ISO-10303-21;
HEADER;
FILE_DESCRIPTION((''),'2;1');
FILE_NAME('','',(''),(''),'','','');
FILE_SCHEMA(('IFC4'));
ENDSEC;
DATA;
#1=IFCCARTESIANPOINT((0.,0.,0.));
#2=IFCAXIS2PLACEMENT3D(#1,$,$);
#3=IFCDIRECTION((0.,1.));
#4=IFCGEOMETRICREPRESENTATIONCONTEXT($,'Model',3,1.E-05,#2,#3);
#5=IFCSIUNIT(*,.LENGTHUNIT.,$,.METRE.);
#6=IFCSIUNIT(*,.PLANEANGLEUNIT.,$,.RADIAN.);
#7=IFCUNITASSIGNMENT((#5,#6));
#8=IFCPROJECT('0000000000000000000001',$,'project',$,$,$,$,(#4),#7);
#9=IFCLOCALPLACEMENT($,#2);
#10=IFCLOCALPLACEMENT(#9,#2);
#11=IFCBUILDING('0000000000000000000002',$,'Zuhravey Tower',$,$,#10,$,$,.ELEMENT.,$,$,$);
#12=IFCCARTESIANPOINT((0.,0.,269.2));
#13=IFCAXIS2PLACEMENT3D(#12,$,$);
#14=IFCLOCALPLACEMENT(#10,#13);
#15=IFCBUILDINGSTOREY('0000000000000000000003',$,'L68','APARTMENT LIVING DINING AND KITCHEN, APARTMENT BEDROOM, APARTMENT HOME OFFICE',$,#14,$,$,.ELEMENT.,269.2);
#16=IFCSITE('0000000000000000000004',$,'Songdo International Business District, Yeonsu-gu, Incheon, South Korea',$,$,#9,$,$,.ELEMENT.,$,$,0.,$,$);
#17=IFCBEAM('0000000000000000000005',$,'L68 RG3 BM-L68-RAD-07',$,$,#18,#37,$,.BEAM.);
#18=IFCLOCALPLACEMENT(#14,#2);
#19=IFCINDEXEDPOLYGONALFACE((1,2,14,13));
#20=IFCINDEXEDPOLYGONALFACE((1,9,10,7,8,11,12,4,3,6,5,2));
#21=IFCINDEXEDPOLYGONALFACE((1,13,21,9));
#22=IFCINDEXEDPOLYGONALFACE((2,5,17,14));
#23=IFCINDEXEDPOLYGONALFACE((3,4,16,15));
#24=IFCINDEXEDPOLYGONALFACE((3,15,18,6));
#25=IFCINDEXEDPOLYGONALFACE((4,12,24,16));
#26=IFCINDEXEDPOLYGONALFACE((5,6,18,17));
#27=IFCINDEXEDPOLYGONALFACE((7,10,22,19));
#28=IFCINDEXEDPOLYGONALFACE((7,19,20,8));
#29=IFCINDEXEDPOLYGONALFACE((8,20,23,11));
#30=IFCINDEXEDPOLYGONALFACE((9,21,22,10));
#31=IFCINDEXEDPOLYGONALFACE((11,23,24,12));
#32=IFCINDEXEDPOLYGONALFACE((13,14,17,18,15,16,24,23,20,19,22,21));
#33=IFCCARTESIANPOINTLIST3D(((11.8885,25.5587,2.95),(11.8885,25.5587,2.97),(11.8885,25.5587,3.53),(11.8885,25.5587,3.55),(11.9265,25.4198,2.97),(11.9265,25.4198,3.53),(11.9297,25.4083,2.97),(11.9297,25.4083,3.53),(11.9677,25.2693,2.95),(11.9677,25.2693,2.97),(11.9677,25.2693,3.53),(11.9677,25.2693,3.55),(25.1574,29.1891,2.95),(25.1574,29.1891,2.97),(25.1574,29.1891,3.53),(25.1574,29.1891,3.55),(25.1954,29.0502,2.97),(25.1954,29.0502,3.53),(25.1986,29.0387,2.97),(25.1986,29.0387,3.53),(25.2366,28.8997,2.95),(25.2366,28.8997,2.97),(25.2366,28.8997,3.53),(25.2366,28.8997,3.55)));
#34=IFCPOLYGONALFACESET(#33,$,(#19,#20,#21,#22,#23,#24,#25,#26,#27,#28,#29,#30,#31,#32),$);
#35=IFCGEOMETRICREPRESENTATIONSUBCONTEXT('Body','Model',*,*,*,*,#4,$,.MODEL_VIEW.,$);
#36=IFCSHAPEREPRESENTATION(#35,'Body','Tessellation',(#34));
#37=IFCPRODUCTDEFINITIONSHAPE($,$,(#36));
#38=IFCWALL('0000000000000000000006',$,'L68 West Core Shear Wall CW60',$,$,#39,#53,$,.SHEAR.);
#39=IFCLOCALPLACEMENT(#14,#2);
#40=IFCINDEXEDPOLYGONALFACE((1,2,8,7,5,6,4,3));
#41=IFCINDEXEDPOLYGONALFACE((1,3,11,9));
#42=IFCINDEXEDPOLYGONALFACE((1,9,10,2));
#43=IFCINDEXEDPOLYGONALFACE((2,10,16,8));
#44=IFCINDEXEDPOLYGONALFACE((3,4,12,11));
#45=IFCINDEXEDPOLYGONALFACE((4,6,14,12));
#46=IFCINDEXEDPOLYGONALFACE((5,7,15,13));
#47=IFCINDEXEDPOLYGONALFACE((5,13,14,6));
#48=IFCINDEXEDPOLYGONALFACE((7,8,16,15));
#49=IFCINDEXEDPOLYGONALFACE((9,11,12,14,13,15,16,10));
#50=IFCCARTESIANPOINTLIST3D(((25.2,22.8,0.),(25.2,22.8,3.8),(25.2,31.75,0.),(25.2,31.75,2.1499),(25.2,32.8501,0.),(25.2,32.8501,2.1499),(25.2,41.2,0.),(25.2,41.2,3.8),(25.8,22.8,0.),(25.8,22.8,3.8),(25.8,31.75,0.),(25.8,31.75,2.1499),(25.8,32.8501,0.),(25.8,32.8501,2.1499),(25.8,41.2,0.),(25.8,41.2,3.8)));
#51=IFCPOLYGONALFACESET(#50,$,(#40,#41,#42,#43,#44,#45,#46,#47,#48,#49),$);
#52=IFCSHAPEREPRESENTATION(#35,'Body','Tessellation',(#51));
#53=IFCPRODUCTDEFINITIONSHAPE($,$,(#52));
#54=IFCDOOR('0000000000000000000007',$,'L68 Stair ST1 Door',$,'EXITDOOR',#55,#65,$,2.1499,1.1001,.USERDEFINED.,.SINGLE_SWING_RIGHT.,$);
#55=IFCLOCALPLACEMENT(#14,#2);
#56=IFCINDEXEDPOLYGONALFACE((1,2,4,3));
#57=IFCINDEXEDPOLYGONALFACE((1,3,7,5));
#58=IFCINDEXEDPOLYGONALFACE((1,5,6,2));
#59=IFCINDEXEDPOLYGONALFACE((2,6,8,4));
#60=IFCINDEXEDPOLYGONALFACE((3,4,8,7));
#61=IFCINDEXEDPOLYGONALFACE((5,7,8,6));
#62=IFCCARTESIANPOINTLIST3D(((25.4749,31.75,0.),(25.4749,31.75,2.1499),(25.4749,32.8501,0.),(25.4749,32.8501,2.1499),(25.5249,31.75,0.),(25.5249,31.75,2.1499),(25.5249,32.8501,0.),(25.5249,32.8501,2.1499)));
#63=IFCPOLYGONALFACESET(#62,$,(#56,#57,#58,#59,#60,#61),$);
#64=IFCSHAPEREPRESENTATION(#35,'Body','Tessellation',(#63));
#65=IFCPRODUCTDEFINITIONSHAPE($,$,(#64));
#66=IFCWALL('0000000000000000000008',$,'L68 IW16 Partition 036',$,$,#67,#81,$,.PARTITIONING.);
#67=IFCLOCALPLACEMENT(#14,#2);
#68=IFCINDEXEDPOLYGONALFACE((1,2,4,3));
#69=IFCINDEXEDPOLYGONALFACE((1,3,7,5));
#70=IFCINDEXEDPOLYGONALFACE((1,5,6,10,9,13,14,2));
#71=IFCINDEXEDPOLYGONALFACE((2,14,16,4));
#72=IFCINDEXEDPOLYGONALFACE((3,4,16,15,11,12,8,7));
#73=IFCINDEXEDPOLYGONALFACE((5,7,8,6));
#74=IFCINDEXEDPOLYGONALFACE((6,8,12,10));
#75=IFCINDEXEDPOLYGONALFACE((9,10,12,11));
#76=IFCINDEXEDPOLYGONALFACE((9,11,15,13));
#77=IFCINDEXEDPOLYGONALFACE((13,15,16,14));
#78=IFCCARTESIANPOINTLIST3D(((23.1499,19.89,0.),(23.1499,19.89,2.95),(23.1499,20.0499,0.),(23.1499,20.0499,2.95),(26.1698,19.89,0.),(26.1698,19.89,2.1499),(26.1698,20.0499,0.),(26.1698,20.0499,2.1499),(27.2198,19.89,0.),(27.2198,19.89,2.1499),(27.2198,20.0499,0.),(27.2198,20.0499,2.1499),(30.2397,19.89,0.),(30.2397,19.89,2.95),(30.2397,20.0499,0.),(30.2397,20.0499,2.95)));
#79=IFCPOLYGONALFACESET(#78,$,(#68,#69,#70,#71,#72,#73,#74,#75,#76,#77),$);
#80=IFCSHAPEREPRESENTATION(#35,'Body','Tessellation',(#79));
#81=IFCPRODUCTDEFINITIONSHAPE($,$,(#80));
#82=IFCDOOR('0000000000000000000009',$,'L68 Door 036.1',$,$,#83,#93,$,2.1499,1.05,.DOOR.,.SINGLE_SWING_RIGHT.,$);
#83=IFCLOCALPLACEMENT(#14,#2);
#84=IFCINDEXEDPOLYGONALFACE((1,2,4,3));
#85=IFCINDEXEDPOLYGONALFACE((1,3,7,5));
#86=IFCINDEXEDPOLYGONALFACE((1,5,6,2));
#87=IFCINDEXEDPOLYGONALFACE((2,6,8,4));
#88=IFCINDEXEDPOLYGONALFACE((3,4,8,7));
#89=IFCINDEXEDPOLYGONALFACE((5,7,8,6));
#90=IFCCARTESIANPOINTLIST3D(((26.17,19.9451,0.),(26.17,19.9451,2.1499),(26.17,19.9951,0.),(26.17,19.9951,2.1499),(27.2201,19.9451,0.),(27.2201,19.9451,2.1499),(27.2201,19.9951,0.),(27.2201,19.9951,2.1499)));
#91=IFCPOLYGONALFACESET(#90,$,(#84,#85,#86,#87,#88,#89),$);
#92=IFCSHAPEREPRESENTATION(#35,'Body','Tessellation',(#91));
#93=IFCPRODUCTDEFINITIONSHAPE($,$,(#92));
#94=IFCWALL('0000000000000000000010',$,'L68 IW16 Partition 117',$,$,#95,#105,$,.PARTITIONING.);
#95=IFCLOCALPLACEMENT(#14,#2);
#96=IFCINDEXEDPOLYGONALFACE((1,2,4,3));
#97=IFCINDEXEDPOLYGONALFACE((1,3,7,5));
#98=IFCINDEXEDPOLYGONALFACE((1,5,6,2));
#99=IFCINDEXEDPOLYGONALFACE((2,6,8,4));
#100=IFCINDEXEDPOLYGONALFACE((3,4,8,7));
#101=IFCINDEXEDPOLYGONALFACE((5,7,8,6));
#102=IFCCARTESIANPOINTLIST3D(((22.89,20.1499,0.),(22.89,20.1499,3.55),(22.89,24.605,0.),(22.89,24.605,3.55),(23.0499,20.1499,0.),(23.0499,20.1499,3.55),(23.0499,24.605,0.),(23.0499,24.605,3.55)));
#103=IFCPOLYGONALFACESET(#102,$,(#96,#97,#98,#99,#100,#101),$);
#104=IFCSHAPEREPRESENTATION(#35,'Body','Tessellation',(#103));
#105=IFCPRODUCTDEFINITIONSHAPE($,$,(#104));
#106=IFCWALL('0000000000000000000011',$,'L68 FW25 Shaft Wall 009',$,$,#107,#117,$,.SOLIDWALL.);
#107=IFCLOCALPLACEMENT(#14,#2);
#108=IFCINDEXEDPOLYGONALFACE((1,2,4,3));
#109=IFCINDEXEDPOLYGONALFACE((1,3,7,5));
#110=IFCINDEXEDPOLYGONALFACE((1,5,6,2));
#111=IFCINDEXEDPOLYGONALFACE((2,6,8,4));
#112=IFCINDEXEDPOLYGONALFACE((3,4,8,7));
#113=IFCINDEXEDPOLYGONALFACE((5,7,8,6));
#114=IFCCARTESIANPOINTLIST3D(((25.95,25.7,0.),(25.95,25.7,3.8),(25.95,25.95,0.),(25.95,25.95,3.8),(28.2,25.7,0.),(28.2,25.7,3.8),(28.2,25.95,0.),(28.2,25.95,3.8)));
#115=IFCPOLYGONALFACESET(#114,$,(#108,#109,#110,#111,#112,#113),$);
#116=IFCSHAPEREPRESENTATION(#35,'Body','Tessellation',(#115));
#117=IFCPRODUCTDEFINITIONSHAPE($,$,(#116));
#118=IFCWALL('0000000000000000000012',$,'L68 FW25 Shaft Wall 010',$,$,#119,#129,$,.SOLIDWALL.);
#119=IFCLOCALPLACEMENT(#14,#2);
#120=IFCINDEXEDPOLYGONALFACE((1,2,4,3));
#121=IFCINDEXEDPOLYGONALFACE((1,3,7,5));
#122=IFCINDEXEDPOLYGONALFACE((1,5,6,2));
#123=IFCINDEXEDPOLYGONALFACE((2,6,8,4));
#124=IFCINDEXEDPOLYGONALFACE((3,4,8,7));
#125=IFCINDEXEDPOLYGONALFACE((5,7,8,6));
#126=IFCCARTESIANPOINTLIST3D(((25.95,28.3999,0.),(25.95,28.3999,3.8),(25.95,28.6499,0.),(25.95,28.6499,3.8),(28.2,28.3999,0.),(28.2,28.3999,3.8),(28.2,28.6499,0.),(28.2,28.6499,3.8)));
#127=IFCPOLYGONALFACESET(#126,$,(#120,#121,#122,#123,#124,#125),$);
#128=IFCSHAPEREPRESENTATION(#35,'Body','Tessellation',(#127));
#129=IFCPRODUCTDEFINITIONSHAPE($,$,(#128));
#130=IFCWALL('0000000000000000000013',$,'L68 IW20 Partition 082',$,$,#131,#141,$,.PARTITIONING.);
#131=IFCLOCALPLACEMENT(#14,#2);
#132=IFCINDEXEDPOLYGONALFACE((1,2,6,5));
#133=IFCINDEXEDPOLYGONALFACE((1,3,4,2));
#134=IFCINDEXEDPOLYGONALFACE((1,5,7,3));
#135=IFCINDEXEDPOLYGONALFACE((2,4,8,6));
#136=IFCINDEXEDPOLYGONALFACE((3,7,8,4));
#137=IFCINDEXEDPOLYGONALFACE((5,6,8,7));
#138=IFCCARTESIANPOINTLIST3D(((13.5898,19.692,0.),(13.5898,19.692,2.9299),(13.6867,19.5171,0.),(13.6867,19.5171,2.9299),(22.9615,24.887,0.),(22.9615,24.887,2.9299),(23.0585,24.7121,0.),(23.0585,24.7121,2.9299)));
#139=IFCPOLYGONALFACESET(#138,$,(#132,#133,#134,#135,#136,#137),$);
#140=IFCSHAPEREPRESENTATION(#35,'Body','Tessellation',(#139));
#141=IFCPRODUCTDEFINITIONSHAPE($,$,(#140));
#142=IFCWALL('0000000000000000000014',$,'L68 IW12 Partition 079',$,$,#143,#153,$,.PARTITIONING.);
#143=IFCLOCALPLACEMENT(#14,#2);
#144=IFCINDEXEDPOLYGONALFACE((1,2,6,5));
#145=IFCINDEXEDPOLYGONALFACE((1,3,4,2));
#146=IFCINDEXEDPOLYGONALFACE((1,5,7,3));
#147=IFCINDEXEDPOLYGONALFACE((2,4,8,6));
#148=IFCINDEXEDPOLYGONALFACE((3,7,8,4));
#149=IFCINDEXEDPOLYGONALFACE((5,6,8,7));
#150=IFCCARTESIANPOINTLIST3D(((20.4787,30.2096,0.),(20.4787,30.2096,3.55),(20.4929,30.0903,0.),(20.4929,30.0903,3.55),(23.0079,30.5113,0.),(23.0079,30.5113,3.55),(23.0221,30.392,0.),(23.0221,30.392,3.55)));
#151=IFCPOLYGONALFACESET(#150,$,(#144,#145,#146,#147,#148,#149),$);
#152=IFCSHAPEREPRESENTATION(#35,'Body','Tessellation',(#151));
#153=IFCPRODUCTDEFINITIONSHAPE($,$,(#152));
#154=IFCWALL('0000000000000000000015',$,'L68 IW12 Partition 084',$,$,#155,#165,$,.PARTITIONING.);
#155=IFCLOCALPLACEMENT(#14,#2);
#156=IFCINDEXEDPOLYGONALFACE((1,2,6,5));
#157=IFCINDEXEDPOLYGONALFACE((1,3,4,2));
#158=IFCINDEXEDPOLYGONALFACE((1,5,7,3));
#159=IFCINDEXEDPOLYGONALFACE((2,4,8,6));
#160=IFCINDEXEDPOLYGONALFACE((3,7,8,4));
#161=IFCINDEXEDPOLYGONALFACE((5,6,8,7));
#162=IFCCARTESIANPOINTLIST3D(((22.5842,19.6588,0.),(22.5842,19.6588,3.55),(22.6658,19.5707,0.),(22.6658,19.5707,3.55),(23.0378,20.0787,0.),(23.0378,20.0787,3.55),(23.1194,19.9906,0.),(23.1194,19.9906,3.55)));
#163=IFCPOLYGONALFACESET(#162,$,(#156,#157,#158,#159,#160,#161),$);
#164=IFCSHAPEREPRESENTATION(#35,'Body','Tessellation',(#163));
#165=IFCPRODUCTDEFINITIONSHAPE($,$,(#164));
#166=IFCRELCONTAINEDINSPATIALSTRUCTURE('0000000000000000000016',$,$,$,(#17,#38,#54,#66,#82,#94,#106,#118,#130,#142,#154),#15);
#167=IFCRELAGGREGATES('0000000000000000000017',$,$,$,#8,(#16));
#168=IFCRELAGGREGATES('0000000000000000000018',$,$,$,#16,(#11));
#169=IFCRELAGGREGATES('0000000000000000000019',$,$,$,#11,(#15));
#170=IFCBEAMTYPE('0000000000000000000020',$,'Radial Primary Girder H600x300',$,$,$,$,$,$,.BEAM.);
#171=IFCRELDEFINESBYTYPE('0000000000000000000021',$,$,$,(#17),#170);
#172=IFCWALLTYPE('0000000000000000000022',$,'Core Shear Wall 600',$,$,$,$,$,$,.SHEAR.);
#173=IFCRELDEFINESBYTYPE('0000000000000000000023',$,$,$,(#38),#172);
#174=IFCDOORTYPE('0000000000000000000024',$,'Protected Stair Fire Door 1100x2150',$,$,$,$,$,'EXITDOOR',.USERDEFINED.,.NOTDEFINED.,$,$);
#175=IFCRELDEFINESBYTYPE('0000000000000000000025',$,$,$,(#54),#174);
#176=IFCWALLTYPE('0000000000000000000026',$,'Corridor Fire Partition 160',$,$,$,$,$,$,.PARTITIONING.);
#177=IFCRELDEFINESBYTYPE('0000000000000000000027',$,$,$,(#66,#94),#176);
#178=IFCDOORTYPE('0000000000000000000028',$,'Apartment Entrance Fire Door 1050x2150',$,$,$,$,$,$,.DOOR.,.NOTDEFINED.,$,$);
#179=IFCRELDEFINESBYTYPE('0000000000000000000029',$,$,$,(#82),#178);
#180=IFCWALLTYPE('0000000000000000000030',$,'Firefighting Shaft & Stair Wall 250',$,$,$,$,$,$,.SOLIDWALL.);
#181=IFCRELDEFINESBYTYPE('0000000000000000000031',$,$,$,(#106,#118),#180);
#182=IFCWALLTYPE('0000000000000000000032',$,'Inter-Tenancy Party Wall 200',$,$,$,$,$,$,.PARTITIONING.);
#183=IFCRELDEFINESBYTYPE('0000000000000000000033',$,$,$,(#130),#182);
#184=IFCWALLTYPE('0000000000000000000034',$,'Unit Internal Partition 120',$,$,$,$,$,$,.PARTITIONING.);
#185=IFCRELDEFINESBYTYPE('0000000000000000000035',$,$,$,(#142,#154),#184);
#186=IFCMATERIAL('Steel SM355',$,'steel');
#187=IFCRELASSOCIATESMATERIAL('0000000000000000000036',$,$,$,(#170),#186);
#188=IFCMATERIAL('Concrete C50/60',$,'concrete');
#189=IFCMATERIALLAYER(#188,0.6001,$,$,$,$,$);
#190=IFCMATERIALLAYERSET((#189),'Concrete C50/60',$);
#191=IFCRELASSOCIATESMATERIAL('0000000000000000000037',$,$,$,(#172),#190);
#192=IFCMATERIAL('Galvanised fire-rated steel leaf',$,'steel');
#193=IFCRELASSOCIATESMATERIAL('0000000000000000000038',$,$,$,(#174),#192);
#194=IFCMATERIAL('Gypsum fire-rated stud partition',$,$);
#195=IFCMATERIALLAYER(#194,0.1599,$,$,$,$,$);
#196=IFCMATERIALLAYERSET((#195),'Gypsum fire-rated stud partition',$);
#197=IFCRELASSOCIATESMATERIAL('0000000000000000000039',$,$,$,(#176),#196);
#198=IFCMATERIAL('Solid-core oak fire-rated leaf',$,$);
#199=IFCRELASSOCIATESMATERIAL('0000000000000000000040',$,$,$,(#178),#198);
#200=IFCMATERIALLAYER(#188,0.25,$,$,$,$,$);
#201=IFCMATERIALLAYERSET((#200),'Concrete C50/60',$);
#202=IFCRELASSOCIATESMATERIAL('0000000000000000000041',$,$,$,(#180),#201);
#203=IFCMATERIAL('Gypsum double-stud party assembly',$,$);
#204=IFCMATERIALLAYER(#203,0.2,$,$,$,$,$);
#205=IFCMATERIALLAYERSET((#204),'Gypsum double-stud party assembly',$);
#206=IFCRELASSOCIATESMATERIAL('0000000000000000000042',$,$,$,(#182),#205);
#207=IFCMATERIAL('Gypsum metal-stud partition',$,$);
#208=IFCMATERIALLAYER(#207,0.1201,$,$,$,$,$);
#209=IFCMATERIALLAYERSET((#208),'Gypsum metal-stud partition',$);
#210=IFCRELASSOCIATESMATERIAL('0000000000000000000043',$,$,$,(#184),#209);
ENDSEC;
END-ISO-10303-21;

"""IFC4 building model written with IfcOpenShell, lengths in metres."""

from ifc_helpers import new_model, si_unit, direction, frame, frame_2d, origin, origin_2d, place, context, subcontext, project, spatial, rectangle, i_section, extrude, material, layer, layer_set, material_profile, profile_set, type_object, element, fill, save


model = new_model("IFC4")

# Units and contexts
model_context = context("Model", 3, precision=1e-05, world=origin(), true_north=direction((0.0, 1.0)))
body_context = subcontext(model_context, "Body", "Model", "MODEL_VIEW")
ifc_project = project(units=[si_unit("LENGTHUNIT", "METRE"), si_unit("PLANEANGLEUNIT", "RADIAN")], contexts=[model_context])

# Site, building, storey
site_placement = place(None, origin())
site = spatial("IfcSite", under=ifc_project, at=site_placement, Name="Songdo International Business District, Yeonsu-gu, Incheon, South Korea", CompositionType="ELEMENT", RefElevation=0.0)
building_placement = place(site_placement, origin())
building = spatial("IfcBuilding", under=site, at=building_placement, Name="Zuhravey Tower", CompositionType="ELEMENT")
storey_placement = place(building_placement, frame((0.0, 0.0, 269.2)))
storey = spatial("IfcBuildingStorey", under=building, at=storey_placement, Name="L68", Description="APARTMENT LIVING DINING AND KITCHEN, APARTMENT BEDROOM, APARTMENT HOME OFFICE", CompositionType="ELEMENT", Elevation=269.2)

# Beam
ifc_material_1 = material(Name="Steel SM355", Category="steel")
ifc_material_profile = material_profile(ifc_material_1, i_section(OverallWidth=0.3, OverallDepth=0.6001, WebThickness=0.012, FlangeThickness=0.02, at=origin_2d()), Name="H-600x300x12x20")
ifc_profile_set = profile_set([ifc_material_profile], Name="Steel SM355")
beam_type = type_object("IfcBeamType", Name="Radial Primary Girder H600x300", PredefinedType="BEAM", material=ifc_profile_set)
beam_placement = place(storey_placement, frame((25.197, 29.0444, 3.25), z_axis=(-0.964549, -0.263903, 0.0), x_axis=(0.263903, -0.964549, 0.0)))
element("IfcBeam", 1, at=beam_placement, inside=storey, type_object=beam_type, Name="L68 RG3 BM-L68-RAD-07", PredefinedType="BEAM", context=body_context, shape_type="SweptSolid", body=[
    extrude(i_section(OverallWidth=0.3, OverallDepth=0.6001, WebThickness=0.012, FlangeThickness=0.02, at=origin_2d()), origin(), (0.0, 0.0, 1.0), 13.7566),
])

# Walls, openings, doors
ifc_material_2 = material(Name="Concrete C50/60", Category="concrete")
ifc_layer_1 = layer(ifc_material_2, 0.6001)
ifc_layer_set_1 = layer_set([ifc_layer_1], Name="Concrete C50/60")
wall_type_1 = type_object("IfcWallType", Name="Core Shear Wall 600", PredefinedType="SHEAR", material=ifc_layer_set_1)
ifc_material_3 = material(Name="Galvanised fire-rated steel leaf", Category="steel")
wall_1_placement = place(storey_placement, frame((25.5, 22.8, 0.0), z_axis=(0.0, 0.0, 1.0), x_axis=(0.0, 1.0, 0.0)))
wall_1 = element("IfcWall", 2, at=wall_1_placement, inside=storey, type_object=wall_type_1, Name="L68 West Core Shear Wall CW60", PredefinedType="SHEAR", context=body_context, shape_type="SweptSolid", body=[
    extrude(rectangle(XDim=18.3999, YDim=0.6001, at=frame_2d((9.2, 0.0))), origin(), (0.0, 0.0, 1.0), 3.8),
])
opening_1_placement = place(wall_1_placement, frame((8.95, 0.0, 0.0)))
opening_1 = element("IfcOpeningElement", 3, at=opening_1_placement, cuts=wall_1, PredefinedType="OPENING", context=body_context, shape_type="SweptSolid", body=[
    extrude(rectangle(XDim=1.1001, YDim=2.1499, at=frame_2d((0.55, 1.075))), frame((0.0, 0.312, 0.0), z_axis=(0.0, -1.0, 0.0), x_axis=(1.0, 0.0, 0.0)), (0.0, 0.0, 1.0), 0.624),
])
door_type_1 = type_object("IfcDoorType", Name="Protected Stair Fire Door 1100x2150", ElementType="EXITDOOR", OperationType="NOTDEFINED", PredefinedType="USERDEFINED", material=ifc_material_3)
door_1_placement = place(opening_1_placement, frame((1.1001, 0.0, 0.0), z_axis=(0.0, 0.0, 1.0), x_axis=(-1.0, 0.0, 0.0)))
door_1 = element("IfcDoor", 4, at=door_1_placement, inside=storey, type_object=door_type_1, Name="L68 Stair ST1 Door", ObjectType="EXITDOOR", OperationType="SINGLE_SWING_RIGHT", OverallHeight=2.1499, OverallWidth=1.1001, PredefinedType="USERDEFINED", context=body_context, shape_type="SweptSolid", body=[
    extrude(rectangle(XDim=1.1001, YDim=2.1499, at=frame_2d((0.55, 1.075))), frame((0.0, 0.0249, 0.0), z_axis=(0.0, -1.0, 0.0), x_axis=(1.0, 0.0, 0.0)), (0.0, 0.0, 1.0), 0.05),
])
fill(opening_1, door_1)
ifc_material_4 = material(Name="Gypsum fire-rated stud partition")
ifc_layer_2 = layer(ifc_material_4, 0.1599)
ifc_layer_set_2 = layer_set([ifc_layer_2], Name="Gypsum fire-rated stud partition")
wall_type_2 = type_object("IfcWallType", Name="Corridor Fire Partition 160", PredefinedType="PARTITIONING", material=ifc_layer_set_2)
ifc_material_5 = material(Name="Solid-core oak fire-rated leaf")
door_type_2 = type_object("IfcDoorType", Name="Apartment Entrance Fire Door 1050x2150", OperationType="NOTDEFINED", PredefinedType="DOOR", material=ifc_material_5)
wall_2_placement = place(storey_placement, frame((23.1499, 19.97, 0.0), z_axis=(0.0, 0.0, 1.0), x_axis=(1.0, 0.0, 0.0)))
wall_2 = element("IfcWall", 5, at=wall_2_placement, inside=storey, type_object=wall_type_2, Name="L68 IW16 Partition 036", PredefinedType="PARTITIONING", context=body_context, shape_type="SweptSolid", body=[
    extrude(rectangle(XDim=7.0898, YDim=0.1599, at=frame_2d((3.5449, 0.0))), origin(), (0.0, 0.0, 1.0), 2.95),
])
opening_2_placement = place(wall_2_placement, frame((3.02, 0.0, 0.0)))
opening_2 = element("IfcOpeningElement", 6, at=opening_2_placement, cuts=wall_2, PredefinedType="OPENING", context=body_context, shape_type="SweptSolid", body=[
    extrude(rectangle(XDim=1.05, YDim=2.1499, at=frame_2d((0.5249, 1.075))), frame((0.0, 0.092, 0.0), z_axis=(0.0, -1.0, 0.0), x_axis=(1.0, 0.0, 0.0)), (0.0, 0.0, 1.0), 0.1838),
])
door_2_placement = place(opening_2_placement, frame((1.05, 0.0, 0.0), z_axis=(0.0, 0.0, 1.0), x_axis=(-1.0, 0.0, 0.0)))
door_2 = element("IfcDoor", 7, at=door_2_placement, inside=storey, type_object=door_type_2, Name="L68 Door 036.1", OperationType="SINGLE_SWING_RIGHT", OverallHeight=2.1499, OverallWidth=1.05, PredefinedType="DOOR", context=body_context, shape_type="SweptSolid", body=[
    extrude(rectangle(XDim=1.05, YDim=2.1499, at=frame_2d((0.5249, 1.075))), frame((0.0, 0.0249, 0.0), z_axis=(0.0, -1.0, 0.0), x_axis=(1.0, 0.0, 0.0)), (0.0, 0.0, 1.0), 0.05),
])
fill(opening_2, door_2)

# Wall
wall_3_placement = place(storey_placement, frame((22.97, 24.605, 0.0), z_axis=(0.0, 0.0, 1.0), x_axis=(0.0, -1.0, 0.0)))
element("IfcWall", 8, at=wall_3_placement, inside=storey, type_object=wall_type_2, Name="L68 IW16 Partition 117", PredefinedType="PARTITIONING", context=body_context, shape_type="SweptSolid", body=[
    extrude(rectangle(XDim=4.4551, YDim=0.1599, at=frame_2d((2.2275, 0.0))), origin(), (0.0, 0.0, 1.0), 3.55),
])

# Shared definitions
ifc_layer_3 = layer(ifc_material_2, 0.25)
ifc_layer_set_3 = layer_set([ifc_layer_3], Name="Concrete C50/60")
wall_type_3 = type_object("IfcWallType", Name="Firefighting Shaft & Stair Wall 250", PredefinedType="SOLIDWALL", material=ifc_layer_set_3)

# Walls
for number, where, z_axis, x_axis, name in (
    (9, (25.95, 25.825, 0.0), (0.0, 0.0, 1.0), (1.0, 0.0, 0.0), "L68 FW25 Shaft Wall 009"),
    (10, (25.95, 28.5249, 0.0), (0.0, 0.0, 1.0), (1.0, 0.0, 0.0), "L68 FW25 Shaft Wall 010"),
):
    element("IfcWall", number, at=place(storey_placement, frame(where, z_axis=z_axis, x_axis=x_axis)), inside=storey, type_object=wall_type_3, Name=name, PredefinedType="SOLIDWALL", context=body_context, shape_type="SweptSolid", body=[
        extrude(rectangle(XDim=2.25, YDim=0.25, at=frame_2d((1.125, 0.0))), origin(), (0.0, 0.0, 1.0), 3.8),
    ])
ifc_material_6 = material(Name="Gypsum double-stud party assembly")
ifc_layer_4 = layer(ifc_material_6, 0.2)
ifc_layer_set_4 = layer_set([ifc_layer_4], Name="Gypsum double-stud party assembly")
wall_type_4 = type_object("IfcWallType", Name="Inter-Tenancy Party Wall 200", PredefinedType="PARTITIONING", material=ifc_layer_set_4)
wall_4_placement = place(storey_placement, frame((23.01, 24.7996, 0.0), z_axis=(0.0, 0.0, 1.0), x_axis=(-0.874613, -0.484822, 0.0)))
element("IfcWall", 11, at=wall_4_placement, inside=storey, type_object=wall_type_4, Name="L68 IW20 Partition 082", PredefinedType="PARTITIONING", context=body_context, shape_type="SweptSolid", body=[
    extrude(rectangle(XDim=10.7153, YDim=0.2, at=frame_2d((5.3577, 0.0))), origin(), (0.0, 0.0, 1.0), 2.9299),
])
ifc_material_7 = material(Name="Gypsum metal-stud partition")
ifc_layer_5 = layer(ifc_material_7, 0.1201)
ifc_layer_set_5 = layer_set([ifc_layer_5], Name="Gypsum metal-stud partition")
wall_type_5 = type_object("IfcWallType", Name="Unit Internal Partition 120", PredefinedType="PARTITIONING", material=ifc_layer_set_5)
wall_5_placement = place(storey_placement, frame((23.0149, 30.4517, 0.0), z_axis=(0.0, 0.0, 1.0), x_axis=(-0.992958, -0.118465, 0.0)))
element("IfcWall", 12, at=wall_5_placement, inside=storey, type_object=wall_type_5, Name="L68 IW12 Partition 079", PredefinedType="PARTITIONING", context=body_context, shape_type="SweptSolid", body=[
    extrude(rectangle(XDim=2.5471, YDim=0.1201, at=frame_2d((1.2734, 0.0))), origin(), (0.0, 0.0, 1.0), 3.55),
])
wall_6_placement = place(storey_placement, frame((23.0786, 20.0347, 0.0), z_axis=(0.0, 0.0, 1.0), x_axis=(-0.733834, -0.679329, 0.0)))
element("IfcWall", 13, at=wall_6_placement, inside=storey, type_object=wall_type_5, Name="L68 IW12 Partition 084", PredefinedType="PARTITIONING", context=body_context, shape_type="SweptSolid", body=[
    extrude(rectangle(XDim=0.6182, YDim=0.1201, at=frame_2d((0.3091, 0.0))), origin(), (0.0, 0.0, 1.0), 3.55),
])

save(model, "model.ifc")
